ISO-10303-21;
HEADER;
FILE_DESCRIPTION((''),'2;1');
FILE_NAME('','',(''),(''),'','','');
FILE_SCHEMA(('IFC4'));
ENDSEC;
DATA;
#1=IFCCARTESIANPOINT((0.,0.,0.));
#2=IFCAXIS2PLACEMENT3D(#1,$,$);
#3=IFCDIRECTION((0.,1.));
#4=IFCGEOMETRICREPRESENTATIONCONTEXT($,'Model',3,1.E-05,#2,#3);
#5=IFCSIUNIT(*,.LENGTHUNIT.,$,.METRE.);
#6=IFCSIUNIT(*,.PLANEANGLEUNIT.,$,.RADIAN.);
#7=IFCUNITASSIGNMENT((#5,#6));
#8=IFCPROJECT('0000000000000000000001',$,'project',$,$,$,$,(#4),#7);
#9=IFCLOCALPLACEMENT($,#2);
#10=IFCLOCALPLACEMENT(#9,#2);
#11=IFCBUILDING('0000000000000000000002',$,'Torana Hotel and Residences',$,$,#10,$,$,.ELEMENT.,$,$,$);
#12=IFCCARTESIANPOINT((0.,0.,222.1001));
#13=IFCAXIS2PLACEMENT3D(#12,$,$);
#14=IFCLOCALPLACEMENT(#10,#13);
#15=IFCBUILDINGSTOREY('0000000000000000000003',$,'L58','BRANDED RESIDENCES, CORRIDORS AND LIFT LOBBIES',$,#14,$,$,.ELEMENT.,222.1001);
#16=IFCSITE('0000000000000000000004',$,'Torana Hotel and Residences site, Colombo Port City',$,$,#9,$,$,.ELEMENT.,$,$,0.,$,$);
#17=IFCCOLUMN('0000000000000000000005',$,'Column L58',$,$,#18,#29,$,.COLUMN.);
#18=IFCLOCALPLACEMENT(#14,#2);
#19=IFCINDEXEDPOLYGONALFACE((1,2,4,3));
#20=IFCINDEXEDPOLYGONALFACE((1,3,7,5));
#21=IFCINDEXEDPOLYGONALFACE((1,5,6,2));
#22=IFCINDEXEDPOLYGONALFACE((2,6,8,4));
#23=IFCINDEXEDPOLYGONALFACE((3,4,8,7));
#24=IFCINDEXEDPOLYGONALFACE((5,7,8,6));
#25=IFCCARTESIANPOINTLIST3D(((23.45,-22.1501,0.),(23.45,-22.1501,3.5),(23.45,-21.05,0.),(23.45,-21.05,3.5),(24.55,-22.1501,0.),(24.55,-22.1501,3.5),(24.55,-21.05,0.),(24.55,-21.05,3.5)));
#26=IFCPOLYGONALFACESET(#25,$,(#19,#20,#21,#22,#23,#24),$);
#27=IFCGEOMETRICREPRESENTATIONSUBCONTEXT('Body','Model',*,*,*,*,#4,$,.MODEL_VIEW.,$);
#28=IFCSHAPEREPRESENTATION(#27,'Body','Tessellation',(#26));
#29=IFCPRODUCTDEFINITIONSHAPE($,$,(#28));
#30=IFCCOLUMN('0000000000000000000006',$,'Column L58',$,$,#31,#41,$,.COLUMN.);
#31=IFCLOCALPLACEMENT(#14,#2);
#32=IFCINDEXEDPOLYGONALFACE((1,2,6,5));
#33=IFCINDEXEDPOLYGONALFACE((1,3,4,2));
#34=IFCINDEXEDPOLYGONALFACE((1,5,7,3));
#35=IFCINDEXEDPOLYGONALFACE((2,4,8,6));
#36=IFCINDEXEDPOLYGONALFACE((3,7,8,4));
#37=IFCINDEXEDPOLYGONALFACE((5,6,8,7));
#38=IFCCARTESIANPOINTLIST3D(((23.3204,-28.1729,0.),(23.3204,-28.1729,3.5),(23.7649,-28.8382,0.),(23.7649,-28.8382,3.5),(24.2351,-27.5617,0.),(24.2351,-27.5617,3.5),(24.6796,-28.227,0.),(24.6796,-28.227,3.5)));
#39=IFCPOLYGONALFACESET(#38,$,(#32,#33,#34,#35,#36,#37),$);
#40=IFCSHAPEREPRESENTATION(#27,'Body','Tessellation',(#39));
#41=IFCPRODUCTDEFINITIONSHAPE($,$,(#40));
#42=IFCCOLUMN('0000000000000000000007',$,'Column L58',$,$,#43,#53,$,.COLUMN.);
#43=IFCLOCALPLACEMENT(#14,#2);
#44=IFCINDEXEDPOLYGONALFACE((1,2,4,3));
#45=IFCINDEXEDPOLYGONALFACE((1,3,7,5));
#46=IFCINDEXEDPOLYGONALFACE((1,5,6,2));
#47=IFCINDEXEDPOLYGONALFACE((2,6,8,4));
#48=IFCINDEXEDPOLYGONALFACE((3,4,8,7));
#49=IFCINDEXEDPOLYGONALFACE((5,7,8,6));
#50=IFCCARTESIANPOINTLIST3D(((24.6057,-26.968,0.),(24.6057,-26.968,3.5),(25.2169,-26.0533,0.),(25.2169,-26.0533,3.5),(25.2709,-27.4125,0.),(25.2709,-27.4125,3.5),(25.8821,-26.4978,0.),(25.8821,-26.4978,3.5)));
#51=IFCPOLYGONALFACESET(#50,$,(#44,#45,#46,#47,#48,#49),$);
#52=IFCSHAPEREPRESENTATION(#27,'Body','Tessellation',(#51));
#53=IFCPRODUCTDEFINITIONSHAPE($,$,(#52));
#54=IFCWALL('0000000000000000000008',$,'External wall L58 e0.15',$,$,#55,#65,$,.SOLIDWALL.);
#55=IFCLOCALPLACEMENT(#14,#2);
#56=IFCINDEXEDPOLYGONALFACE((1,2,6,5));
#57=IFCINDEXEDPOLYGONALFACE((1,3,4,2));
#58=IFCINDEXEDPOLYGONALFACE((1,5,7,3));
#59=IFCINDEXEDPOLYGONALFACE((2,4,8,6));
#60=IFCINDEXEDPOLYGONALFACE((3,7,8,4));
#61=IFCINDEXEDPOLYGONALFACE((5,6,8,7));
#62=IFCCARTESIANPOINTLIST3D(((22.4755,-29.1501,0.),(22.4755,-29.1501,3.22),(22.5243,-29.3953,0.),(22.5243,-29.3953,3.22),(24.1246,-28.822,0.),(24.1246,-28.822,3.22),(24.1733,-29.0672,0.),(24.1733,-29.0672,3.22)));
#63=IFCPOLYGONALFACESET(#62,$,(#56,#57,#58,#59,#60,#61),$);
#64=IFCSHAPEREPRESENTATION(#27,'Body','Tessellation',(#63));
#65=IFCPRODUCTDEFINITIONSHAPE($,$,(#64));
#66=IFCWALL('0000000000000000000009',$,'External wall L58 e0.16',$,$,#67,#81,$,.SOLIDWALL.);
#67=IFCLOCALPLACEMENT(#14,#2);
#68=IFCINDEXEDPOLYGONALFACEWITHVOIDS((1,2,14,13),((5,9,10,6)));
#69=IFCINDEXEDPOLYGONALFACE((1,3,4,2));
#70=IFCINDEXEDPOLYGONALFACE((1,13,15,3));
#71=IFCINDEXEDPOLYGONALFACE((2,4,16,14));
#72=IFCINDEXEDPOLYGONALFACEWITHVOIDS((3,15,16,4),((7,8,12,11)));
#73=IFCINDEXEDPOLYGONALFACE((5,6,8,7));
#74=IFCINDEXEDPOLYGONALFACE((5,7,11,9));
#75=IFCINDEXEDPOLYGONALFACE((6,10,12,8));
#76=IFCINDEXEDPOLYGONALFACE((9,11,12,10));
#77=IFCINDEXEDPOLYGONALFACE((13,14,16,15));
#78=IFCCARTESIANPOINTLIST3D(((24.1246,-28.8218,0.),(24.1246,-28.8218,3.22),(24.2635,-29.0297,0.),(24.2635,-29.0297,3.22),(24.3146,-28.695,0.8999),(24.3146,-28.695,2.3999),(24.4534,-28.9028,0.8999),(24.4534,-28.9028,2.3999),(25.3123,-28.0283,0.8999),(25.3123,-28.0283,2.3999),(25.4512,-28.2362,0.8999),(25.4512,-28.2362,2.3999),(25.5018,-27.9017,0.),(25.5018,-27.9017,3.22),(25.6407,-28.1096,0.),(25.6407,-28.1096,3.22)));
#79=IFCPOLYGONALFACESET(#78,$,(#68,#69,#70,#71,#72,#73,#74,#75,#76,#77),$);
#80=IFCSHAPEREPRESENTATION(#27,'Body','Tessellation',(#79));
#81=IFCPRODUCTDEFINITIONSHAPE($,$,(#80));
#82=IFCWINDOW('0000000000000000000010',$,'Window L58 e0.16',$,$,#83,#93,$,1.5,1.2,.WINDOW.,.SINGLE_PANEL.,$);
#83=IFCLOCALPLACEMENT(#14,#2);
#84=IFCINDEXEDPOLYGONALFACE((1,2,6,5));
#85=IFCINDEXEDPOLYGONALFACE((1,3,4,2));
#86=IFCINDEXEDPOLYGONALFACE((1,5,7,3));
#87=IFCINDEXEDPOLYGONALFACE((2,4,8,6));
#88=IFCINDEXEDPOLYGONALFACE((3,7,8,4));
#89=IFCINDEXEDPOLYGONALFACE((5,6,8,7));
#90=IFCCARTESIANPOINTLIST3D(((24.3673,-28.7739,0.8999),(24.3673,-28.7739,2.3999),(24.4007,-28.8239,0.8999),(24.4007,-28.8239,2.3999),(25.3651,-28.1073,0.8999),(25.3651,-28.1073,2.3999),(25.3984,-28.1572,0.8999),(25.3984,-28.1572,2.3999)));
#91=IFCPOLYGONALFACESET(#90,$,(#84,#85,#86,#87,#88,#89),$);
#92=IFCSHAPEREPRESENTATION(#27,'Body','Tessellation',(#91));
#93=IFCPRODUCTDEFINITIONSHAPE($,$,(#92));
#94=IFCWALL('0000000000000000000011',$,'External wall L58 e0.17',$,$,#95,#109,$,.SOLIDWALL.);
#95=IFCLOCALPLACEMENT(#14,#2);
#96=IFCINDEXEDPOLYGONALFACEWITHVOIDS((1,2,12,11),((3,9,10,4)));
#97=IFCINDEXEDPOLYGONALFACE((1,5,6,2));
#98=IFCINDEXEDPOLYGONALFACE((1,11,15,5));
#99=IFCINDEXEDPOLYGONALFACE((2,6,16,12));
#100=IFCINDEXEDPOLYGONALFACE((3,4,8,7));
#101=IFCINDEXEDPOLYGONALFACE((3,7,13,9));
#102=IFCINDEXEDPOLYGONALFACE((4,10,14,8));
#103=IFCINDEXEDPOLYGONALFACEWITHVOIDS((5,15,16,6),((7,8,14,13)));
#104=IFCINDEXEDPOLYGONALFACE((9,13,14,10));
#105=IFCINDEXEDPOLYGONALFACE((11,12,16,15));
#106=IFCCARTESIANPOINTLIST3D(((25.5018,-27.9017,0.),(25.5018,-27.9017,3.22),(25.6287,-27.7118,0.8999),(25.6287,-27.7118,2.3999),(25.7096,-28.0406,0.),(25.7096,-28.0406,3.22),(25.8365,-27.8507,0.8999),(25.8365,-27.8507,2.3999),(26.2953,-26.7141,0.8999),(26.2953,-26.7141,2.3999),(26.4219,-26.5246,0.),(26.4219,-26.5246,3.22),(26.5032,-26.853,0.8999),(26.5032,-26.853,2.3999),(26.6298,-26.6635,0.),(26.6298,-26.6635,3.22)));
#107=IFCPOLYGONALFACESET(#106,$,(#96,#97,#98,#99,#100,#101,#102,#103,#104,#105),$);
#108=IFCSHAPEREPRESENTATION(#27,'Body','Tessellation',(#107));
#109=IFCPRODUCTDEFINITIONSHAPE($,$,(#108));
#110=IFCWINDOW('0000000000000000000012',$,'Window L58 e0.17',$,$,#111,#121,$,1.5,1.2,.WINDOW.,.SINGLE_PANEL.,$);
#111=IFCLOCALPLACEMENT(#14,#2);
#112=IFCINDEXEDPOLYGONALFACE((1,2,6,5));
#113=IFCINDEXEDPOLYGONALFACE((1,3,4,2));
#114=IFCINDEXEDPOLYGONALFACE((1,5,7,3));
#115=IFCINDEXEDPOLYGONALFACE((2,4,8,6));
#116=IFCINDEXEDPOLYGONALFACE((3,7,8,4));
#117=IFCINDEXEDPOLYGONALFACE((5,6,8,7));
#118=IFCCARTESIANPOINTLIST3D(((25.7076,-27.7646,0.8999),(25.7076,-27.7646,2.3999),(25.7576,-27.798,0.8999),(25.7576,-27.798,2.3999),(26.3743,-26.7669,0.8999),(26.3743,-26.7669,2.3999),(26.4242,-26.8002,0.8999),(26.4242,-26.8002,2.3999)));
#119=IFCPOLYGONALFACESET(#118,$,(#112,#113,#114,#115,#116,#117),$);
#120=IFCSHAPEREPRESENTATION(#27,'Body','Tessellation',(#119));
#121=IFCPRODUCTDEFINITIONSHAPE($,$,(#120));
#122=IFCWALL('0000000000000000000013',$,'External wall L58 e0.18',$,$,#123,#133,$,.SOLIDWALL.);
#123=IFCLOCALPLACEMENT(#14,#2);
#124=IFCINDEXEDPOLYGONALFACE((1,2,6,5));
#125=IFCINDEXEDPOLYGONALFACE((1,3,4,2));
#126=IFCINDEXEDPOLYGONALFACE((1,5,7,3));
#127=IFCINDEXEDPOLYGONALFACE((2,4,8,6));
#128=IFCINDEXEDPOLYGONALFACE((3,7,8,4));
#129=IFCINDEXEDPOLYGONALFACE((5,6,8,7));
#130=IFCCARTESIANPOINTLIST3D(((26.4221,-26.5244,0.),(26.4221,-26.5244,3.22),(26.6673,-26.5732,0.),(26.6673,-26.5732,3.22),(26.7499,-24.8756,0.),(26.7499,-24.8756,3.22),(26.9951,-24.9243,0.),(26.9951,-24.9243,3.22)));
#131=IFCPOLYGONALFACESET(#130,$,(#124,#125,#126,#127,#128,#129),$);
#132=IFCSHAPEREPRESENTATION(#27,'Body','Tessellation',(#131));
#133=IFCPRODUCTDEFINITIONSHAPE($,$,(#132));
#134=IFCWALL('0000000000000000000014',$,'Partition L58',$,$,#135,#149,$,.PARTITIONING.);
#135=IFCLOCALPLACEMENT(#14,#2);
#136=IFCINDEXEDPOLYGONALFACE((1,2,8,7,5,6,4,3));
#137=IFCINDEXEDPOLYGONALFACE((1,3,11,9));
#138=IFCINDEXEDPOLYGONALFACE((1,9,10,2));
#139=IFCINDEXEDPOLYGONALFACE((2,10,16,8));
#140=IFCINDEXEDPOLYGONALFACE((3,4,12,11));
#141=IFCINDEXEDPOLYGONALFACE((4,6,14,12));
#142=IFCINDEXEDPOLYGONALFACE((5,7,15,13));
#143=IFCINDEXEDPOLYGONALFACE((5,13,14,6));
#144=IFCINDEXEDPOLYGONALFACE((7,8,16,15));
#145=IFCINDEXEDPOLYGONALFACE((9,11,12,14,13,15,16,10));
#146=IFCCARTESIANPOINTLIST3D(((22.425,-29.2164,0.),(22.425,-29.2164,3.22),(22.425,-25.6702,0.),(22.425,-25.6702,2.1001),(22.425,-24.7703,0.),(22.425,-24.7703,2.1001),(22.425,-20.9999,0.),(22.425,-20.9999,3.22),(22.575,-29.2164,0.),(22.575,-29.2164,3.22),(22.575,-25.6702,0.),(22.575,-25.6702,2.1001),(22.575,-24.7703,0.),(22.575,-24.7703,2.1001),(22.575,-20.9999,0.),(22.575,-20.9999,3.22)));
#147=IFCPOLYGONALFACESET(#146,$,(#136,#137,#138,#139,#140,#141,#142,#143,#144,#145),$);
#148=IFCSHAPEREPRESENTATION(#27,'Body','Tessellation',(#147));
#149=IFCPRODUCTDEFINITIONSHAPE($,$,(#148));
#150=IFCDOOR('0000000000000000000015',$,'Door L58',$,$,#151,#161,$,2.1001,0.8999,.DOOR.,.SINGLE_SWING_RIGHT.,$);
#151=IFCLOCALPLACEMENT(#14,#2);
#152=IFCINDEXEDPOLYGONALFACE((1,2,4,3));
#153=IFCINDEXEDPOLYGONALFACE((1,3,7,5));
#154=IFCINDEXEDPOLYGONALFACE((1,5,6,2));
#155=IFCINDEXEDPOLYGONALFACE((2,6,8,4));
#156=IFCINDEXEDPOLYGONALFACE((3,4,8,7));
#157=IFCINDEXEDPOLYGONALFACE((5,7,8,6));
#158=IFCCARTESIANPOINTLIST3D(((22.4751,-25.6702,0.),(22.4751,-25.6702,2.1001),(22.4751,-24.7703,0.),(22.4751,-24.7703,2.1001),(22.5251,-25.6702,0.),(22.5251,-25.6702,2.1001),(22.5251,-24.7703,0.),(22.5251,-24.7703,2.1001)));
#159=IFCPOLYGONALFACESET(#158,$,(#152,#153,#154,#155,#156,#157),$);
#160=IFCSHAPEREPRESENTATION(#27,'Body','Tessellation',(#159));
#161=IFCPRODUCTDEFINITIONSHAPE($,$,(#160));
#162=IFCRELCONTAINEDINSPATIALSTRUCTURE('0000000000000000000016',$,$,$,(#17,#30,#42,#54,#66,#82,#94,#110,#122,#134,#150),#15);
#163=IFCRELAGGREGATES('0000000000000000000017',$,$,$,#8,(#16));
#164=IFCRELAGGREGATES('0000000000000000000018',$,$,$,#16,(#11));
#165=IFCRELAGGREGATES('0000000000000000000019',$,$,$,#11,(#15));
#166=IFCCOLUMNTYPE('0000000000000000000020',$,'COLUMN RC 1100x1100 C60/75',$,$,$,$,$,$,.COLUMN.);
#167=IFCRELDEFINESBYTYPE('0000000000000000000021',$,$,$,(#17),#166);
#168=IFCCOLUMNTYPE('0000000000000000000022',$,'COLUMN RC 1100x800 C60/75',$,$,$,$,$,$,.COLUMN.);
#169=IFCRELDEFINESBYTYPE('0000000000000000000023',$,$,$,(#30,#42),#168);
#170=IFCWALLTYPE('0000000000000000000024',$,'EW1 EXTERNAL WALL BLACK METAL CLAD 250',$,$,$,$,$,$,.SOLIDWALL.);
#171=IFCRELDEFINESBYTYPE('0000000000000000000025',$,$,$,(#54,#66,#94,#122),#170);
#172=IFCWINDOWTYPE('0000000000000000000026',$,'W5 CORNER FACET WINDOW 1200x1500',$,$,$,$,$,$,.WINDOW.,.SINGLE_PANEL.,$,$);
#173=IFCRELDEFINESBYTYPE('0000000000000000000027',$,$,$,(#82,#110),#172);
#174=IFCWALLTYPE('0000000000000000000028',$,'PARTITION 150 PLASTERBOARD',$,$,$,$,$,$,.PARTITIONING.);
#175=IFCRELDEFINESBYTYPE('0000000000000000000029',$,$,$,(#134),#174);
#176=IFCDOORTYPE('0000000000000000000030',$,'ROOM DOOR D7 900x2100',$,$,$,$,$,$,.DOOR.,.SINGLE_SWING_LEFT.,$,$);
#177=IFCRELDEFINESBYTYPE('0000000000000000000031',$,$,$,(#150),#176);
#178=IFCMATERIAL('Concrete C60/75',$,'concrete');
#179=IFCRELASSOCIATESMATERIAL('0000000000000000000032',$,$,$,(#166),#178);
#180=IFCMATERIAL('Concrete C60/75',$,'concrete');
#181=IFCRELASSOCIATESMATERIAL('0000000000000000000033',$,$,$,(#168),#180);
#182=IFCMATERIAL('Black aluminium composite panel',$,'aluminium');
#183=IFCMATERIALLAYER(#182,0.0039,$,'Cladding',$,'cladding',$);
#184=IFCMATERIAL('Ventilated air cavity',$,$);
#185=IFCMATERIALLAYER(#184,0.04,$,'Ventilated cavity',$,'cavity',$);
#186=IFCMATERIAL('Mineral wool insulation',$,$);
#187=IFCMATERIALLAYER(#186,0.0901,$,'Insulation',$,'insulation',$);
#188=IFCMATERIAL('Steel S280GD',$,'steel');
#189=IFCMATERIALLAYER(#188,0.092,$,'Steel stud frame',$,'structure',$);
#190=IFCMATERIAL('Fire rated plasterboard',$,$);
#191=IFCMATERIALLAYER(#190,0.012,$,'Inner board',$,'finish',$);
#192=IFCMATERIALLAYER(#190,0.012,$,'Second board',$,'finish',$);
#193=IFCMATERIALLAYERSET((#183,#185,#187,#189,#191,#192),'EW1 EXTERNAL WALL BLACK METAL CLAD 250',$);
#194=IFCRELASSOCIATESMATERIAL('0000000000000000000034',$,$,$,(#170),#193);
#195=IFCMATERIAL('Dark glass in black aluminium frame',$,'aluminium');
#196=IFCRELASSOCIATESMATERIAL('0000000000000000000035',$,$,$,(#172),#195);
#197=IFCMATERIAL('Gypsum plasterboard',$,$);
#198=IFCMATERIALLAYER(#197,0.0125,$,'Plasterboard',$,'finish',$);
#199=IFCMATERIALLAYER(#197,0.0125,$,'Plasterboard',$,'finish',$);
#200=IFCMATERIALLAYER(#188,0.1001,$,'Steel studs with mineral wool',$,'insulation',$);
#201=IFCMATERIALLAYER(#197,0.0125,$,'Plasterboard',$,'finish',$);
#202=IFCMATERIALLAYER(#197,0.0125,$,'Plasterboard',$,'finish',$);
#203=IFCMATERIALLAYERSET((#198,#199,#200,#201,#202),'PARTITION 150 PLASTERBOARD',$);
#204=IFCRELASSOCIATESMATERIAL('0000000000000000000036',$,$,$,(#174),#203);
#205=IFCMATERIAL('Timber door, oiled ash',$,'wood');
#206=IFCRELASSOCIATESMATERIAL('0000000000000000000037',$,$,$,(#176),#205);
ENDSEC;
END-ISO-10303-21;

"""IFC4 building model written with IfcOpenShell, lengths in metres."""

from ifc_helpers import new_model, si_unit, direction, frame, frame_2d, origin, origin_2d, place, context, subcontext, project, spatial, rectangle, extrude, material, layer, layer_set, material_profile, profile_set, type_object, element, fill, save


model = new_model("IFC4")

# Units and contexts
model_context = context("Model", 3, precision=1e-05, world=origin(), true_north=direction((0.0, 1.0)))
body_context = subcontext(model_context, "Body", "Model", "MODEL_VIEW")
ifc_project = project(units=[si_unit("LENGTHUNIT", "METRE"), si_unit("PLANEANGLEUNIT", "RADIAN")], contexts=[model_context])

# Site, building, storey
site_placement = place(None, origin())
site = spatial("IfcSite", under=ifc_project, at=site_placement, Name="Torana Hotel and Residences site, Colombo Port City", CompositionType="ELEMENT", RefElevation=0.0)
building_placement = place(site_placement, origin())
building = spatial("IfcBuilding", under=site, at=building_placement, Name="Torana Hotel and Residences", CompositionType="ELEMENT")
storey_placement = place(building_placement, frame((0.0, 0.0, 222.1001)))
storey = spatial("IfcBuildingStorey", under=building, at=storey_placement, Name="L58", Description="BRANDED RESIDENCES, CORRIDORS AND LIFT LOBBIES", CompositionType="ELEMENT", Elevation=222.1001)

# Columns
ifc_material_1 = material(Name="Concrete C60/75", Category="concrete")
ifc_material_profile_1 = material_profile(ifc_material_1, rectangle(XDim=1.1001, YDim=1.1001, at=origin_2d()), Name="RC 1100x1100")
ifc_profile_set_1 = profile_set([ifc_material_profile_1], Name="Concrete C60/75")
column_type_1 = type_object("IfcColumnType", Name="COLUMN RC 1100x1100 C60/75", PredefinedType="COLUMN", material=ifc_profile_set_1)
column_placement = place(storey_placement, frame((24.0, -21.6001, 0.0), z_axis=(0.0, 0.0, 1.0), x_axis=(1.0, 0.0, 0.0)))
element("IfcColumn", 1, at=column_placement, inside=storey, type_object=column_type_1, Name="Column L58", PredefinedType="COLUMN", context=body_context, shape_type="SweptSolid", body=[
    extrude(rectangle(XDim=1.1001, YDim=1.1001, at=origin_2d()), origin(), (0.0, 0.0, 1.0), 3.5),
])
ifc_material_2 = material(Name="Concrete C60/75", Category="concrete")
ifc_material_profile_2 = material_profile(ifc_material_2, rectangle(XDim=1.1001, YDim=0.8, at=origin_2d()), Name="RC 1100x800")
ifc_profile_set_2 = profile_set([ifc_material_profile_2], Name="Concrete C60/75")
column_type_2 = type_object("IfcColumnType", Name="COLUMN RC 1100x800 C60/75", PredefinedType="COLUMN", material=ifc_profile_set_2)
for number, where, z_axis, x_axis, name in (
    (2, (24.0, -28.2, 0.0), (0.0, 0.0, 1.0), (0.83146, 0.555585, 0.0), "Column L58"),
    (3, (25.2439, -26.7329, 0.0), (0.0, 0.0, 1.0), (0.555585, 0.83146, 0.0), "Column L58"),
):
    element("IfcColumn", number, at=place(storey_placement, frame(where, z_axis=z_axis, x_axis=x_axis)), inside=storey, type_object=column_type_2, Name=name, PredefinedType="COLUMN", context=body_context, shape_type="SweptSolid", body=[
        extrude(rectangle(XDim=1.1001, YDim=0.8, at=origin_2d()), origin(), (0.0, 0.0, 1.0), 3.5),
    ])

# Wall
ifc_material_3 = material(Name="Black aluminium composite panel", Category="aluminium")
ifc_layer_1 = layer(ifc_material_3, 0.0039, Name="Cladding", Category="cladding")
ifc_material_4 = material(Name="Ventilated air cavity")
ifc_layer_2 = layer(ifc_material_4, 0.04, Name="Ventilated cavity", Category="cavity")
ifc_material_5 = material(Name="Mineral wool insulation")
ifc_layer_3 = layer(ifc_material_5, 0.0901, Name="Insulation", Category="insulation")
ifc_material_6 = material(Name="Steel S280GD", Category="steel")
ifc_layer_4 = layer(ifc_material_6, 0.092, Name="Steel stud frame", Category="structure")
ifc_material_7 = material(Name="Fire rated plasterboard")
ifc_layer_5 = layer(ifc_material_7, 0.012, Name="Inner board", Category="finish")
ifc_layer_6 = layer(ifc_material_7, 0.012, Name="Second board", Category="finish")
ifc_layer_set_1 = layer_set([ifc_layer_1, ifc_layer_2, ifc_layer_3, ifc_layer_4, ifc_layer_5, ifc_layer_6], Name="EW1 EXTERNAL WALL BLACK METAL CLAD 250")
wall_type_1 = type_object("IfcWallType", Name="EW1 EXTERNAL WALL BLACK METAL CLAD 250", PredefinedType="SOLIDWALL", material=ifc_layer_set_1)
wall_1_placement = place(storey_placement, frame((22.4998, -29.2727, 0.0), z_axis=(0.0, 0.0, 1.0), x_axis=(0.980776, 0.195139, 0.0)))
element("IfcWall", 4, at=wall_1_placement, inside=storey, type_object=wall_type_1, Name="External wall L58 e0.15", PredefinedType="SOLIDWALL", context=body_context, shape_type="SweptSolid", body=[
    extrude(rectangle(XDim=1.6814, YDim=0.25, at=frame_2d((0.8408, 0.0))), origin(), (0.0, 0.0, 1.0), 3.22),
])

# Walls, openings, windows
wall_2_placement = place(storey_placement, frame((24.1941, -28.9258, 0.0), z_axis=(0.0, 0.0, 1.0), x_axis=(0.831483, 0.55555, 0.0)))
wall_2 = element("IfcWall", 5, at=wall_2_placement, inside=storey, type_object=wall_type_1, Name="External wall L58 e0.16", PredefinedType="SOLIDWALL", context=body_context, shape_type="SweptSolid", body=[
    extrude(rectangle(XDim=1.6562, YDim=0.25, at=frame_2d((0.8281, 0.0))), origin(), (0.0, 0.0, 1.0), 3.22),
])
opening_1_placement = place(wall_2_placement, frame((0.2283, 0.0, 0.8999)))
opening_1 = element("IfcOpeningElement", 6, at=opening_1_placement, cuts=wall_2, PredefinedType="OPENING", context=body_context, shape_type="SweptSolid", body=[
    extrude(rectangle(XDim=1.2, YDim=1.5, at=frame_2d((0.6001, 0.75))), frame((0.0, 0.135, 0.0), z_axis=(0.0, -1.0, 0.0), x_axis=(1.0, 0.0, 0.0)), (0.0, 0.0, 1.0), 0.27),
])
ifc_material_8 = material(Name="Dark glass in black aluminium frame", Category="aluminium")
window_type = type_object("IfcWindowType", Name="W5 CORNER FACET WINDOW 1200x1500", PartitioningType="SINGLE_PANEL", PredefinedType="WINDOW", material=ifc_material_8)
window_1_placement = place(opening_1_placement, origin())
window_1 = element("IfcWindow", 7, at=window_1_placement, inside=storey, type_object=window_type, Name="Window L58 e0.16", OverallHeight=1.5, OverallWidth=1.2, PartitioningType="SINGLE_PANEL", PredefinedType="WINDOW", context=body_context, shape_type="SweptSolid", body=[
    extrude(rectangle(XDim=1.2, YDim=1.5, at=frame_2d((0.6001, 0.75))), frame((0.0, 0.03, 0.0), z_axis=(0.0, -1.0, 0.0), x_axis=(1.0, 0.0, 0.0)), (0.0, 0.0, 1.0), 0.0601),
])
fill(opening_1, window_1)
wall_3_placement = place(storey_placement, frame((25.6057, -27.9712, 0.0), z_axis=(0.0, 0.0, 1.0), x_axis=(0.55555, 0.831483, 0.0)))
wall_3 = element("IfcWall", 8, at=wall_3_placement, inside=storey, type_object=wall_type_1, Name="External wall L58 e0.17", PredefinedType="SOLIDWALL", context=body_context, shape_type="SweptSolid", body=[
    extrude(rectangle(XDim=1.6562, YDim=0.25, at=frame_2d((0.8281, 0.0))), origin(), (0.0, 0.0, 1.0), 3.22),
])
opening_2_placement = place(wall_3_placement, frame((0.2283, 0.0, 0.8999)))
opening_2 = element("IfcOpeningElement", 9, at=opening_2_placement, cuts=wall_3, PredefinedType="OPENING", context=body_context, shape_type="SweptSolid", body=[
    extrude(rectangle(XDim=1.2, YDim=1.5, at=frame_2d((0.6001, 0.75))), frame((0.0, 0.135, 0.0), z_axis=(0.0, -1.0, 0.0), x_axis=(1.0, 0.0, 0.0)), (0.0, 0.0, 1.0), 0.27),
])
window_2_placement = place(opening_2_placement, origin())
window_2 = element("IfcWindow", 10, at=window_2_placement, inside=storey, type_object=window_type, Name="Window L58 e0.17", OverallHeight=1.5, OverallWidth=1.2, PartitioningType="SINGLE_PANEL", PredefinedType="WINDOW", context=body_context, shape_type="SweptSolid", body=[
    extrude(rectangle(XDim=1.2, YDim=1.5, at=frame_2d((0.6001, 0.75))), frame((0.0, 0.03, 0.0), z_axis=(0.0, -1.0, 0.0), x_axis=(1.0, 0.0, 0.0)), (0.0, 0.0, 1.0), 0.0601),
])
fill(opening_2, window_2)

# Wall
wall_4_placement = place(storey_placement, frame((26.5447, -26.5488, 0.0), z_axis=(0.0, 0.0, 1.0), x_axis=(0.195027, 0.980798, 0.0)))
element("IfcWall", 11, at=wall_4_placement, inside=storey, type_object=wall_type_1, Name="External wall L58 e0.18", PredefinedType="SOLIDWALL", context=body_context, shape_type="SweptSolid", body=[
    extrude(rectangle(XDim=1.6812, YDim=0.25, at=frame_2d((0.8406, 0.0))), origin(), (0.0, 0.0, 1.0), 3.22),
])

# Wall, opening, door
ifc_material_9 = material(Name="Gypsum plasterboard")
ifc_layer_7 = layer(ifc_material_9, 0.0125, Name="Plasterboard", Category="finish")
ifc_layer_8 = layer(ifc_material_9, 0.0125, Name="Plasterboard", Category="finish")
ifc_layer_9 = layer(ifc_material_6, 0.1001, Name="Steel studs with mineral wool", Category="insulation")
ifc_layer_10 = layer(ifc_material_9, 0.0125, Name="Plasterboard", Category="finish")
ifc_layer_11 = layer(ifc_material_9, 0.0125, Name="Plasterboard", Category="finish")
ifc_layer_set_2 = layer_set([ifc_layer_7, ifc_layer_8, ifc_layer_9, ifc_layer_10, ifc_layer_11], Name="PARTITION 150 PLASTERBOARD")
wall_type_2 = type_object("IfcWallType", Name="PARTITION 150 PLASTERBOARD", PredefinedType="PARTITIONING", material=ifc_layer_set_2)
wall_5_placement = place(storey_placement, frame((22.5, -29.2166, 0.0), z_axis=(0.0, 0.0, 1.0), x_axis=(0.0, 1.0, 0.0)))
wall_5 = element("IfcWall", 12, at=wall_5_placement, inside=storey, type_object=wall_type_2, Name="Partition L58", PredefinedType="PARTITIONING", context=body_context, shape_type="SweptSolid", body=[
    extrude(rectangle(XDim=8.2166, YDim=0.1499, at=frame_2d((4.1084, 0.0))), origin(), (0.0, 0.0, 1.0), 3.22),
])
opening_3_placement = place(wall_5_placement, frame((3.5464, 0.0, 0.0)))
opening_3 = element("IfcOpeningElement", 13, at=opening_3_placement, cuts=wall_5, PredefinedType="OPENING", context=body_context, shape_type="SweptSolid", body=[
    extrude(rectangle(XDim=0.8999, YDim=2.1001, at=frame_2d((0.45, 1.05))), frame((0.0, 0.085, 0.0), z_axis=(0.0, -1.0, 0.0), x_axis=(1.0, 0.0, 0.0)), (0.0, 0.0, 1.0), 0.1699),
])
ifc_material_10 = material(Name="Timber door, oiled ash", Category="wood")
door_type_1 = type_object("IfcDoorType", Name="ROOM DOOR D7 900x2100", OperationType="SINGLE_SWING_LEFT", PredefinedType="DOOR", material=ifc_material_10)
door_1_placement = place(opening_3_placement, origin())
door_1 = element("IfcDoor", 14, at=door_1_placement, inside=storey, type_object=door_type_1, Name="Door L58", OperationType="SINGLE_SWING_RIGHT", OverallHeight=2.1001, OverallWidth=0.8999, PredefinedType="DOOR", context=body_context, shape_type="SweptSolid", body=[
    extrude(rectangle(XDim=0.8999, YDim=2.1001, at=frame_2d((0.45, 1.05))), frame((0.0, 0.0249, 0.0), z_axis=(0.0, -1.0, 0.0), x_axis=(1.0, 0.0, 0.0)), (0.0, 0.0, 1.0), 0.05),
])
fill(opening_3, door_1)

save(model, "model.ifc")
